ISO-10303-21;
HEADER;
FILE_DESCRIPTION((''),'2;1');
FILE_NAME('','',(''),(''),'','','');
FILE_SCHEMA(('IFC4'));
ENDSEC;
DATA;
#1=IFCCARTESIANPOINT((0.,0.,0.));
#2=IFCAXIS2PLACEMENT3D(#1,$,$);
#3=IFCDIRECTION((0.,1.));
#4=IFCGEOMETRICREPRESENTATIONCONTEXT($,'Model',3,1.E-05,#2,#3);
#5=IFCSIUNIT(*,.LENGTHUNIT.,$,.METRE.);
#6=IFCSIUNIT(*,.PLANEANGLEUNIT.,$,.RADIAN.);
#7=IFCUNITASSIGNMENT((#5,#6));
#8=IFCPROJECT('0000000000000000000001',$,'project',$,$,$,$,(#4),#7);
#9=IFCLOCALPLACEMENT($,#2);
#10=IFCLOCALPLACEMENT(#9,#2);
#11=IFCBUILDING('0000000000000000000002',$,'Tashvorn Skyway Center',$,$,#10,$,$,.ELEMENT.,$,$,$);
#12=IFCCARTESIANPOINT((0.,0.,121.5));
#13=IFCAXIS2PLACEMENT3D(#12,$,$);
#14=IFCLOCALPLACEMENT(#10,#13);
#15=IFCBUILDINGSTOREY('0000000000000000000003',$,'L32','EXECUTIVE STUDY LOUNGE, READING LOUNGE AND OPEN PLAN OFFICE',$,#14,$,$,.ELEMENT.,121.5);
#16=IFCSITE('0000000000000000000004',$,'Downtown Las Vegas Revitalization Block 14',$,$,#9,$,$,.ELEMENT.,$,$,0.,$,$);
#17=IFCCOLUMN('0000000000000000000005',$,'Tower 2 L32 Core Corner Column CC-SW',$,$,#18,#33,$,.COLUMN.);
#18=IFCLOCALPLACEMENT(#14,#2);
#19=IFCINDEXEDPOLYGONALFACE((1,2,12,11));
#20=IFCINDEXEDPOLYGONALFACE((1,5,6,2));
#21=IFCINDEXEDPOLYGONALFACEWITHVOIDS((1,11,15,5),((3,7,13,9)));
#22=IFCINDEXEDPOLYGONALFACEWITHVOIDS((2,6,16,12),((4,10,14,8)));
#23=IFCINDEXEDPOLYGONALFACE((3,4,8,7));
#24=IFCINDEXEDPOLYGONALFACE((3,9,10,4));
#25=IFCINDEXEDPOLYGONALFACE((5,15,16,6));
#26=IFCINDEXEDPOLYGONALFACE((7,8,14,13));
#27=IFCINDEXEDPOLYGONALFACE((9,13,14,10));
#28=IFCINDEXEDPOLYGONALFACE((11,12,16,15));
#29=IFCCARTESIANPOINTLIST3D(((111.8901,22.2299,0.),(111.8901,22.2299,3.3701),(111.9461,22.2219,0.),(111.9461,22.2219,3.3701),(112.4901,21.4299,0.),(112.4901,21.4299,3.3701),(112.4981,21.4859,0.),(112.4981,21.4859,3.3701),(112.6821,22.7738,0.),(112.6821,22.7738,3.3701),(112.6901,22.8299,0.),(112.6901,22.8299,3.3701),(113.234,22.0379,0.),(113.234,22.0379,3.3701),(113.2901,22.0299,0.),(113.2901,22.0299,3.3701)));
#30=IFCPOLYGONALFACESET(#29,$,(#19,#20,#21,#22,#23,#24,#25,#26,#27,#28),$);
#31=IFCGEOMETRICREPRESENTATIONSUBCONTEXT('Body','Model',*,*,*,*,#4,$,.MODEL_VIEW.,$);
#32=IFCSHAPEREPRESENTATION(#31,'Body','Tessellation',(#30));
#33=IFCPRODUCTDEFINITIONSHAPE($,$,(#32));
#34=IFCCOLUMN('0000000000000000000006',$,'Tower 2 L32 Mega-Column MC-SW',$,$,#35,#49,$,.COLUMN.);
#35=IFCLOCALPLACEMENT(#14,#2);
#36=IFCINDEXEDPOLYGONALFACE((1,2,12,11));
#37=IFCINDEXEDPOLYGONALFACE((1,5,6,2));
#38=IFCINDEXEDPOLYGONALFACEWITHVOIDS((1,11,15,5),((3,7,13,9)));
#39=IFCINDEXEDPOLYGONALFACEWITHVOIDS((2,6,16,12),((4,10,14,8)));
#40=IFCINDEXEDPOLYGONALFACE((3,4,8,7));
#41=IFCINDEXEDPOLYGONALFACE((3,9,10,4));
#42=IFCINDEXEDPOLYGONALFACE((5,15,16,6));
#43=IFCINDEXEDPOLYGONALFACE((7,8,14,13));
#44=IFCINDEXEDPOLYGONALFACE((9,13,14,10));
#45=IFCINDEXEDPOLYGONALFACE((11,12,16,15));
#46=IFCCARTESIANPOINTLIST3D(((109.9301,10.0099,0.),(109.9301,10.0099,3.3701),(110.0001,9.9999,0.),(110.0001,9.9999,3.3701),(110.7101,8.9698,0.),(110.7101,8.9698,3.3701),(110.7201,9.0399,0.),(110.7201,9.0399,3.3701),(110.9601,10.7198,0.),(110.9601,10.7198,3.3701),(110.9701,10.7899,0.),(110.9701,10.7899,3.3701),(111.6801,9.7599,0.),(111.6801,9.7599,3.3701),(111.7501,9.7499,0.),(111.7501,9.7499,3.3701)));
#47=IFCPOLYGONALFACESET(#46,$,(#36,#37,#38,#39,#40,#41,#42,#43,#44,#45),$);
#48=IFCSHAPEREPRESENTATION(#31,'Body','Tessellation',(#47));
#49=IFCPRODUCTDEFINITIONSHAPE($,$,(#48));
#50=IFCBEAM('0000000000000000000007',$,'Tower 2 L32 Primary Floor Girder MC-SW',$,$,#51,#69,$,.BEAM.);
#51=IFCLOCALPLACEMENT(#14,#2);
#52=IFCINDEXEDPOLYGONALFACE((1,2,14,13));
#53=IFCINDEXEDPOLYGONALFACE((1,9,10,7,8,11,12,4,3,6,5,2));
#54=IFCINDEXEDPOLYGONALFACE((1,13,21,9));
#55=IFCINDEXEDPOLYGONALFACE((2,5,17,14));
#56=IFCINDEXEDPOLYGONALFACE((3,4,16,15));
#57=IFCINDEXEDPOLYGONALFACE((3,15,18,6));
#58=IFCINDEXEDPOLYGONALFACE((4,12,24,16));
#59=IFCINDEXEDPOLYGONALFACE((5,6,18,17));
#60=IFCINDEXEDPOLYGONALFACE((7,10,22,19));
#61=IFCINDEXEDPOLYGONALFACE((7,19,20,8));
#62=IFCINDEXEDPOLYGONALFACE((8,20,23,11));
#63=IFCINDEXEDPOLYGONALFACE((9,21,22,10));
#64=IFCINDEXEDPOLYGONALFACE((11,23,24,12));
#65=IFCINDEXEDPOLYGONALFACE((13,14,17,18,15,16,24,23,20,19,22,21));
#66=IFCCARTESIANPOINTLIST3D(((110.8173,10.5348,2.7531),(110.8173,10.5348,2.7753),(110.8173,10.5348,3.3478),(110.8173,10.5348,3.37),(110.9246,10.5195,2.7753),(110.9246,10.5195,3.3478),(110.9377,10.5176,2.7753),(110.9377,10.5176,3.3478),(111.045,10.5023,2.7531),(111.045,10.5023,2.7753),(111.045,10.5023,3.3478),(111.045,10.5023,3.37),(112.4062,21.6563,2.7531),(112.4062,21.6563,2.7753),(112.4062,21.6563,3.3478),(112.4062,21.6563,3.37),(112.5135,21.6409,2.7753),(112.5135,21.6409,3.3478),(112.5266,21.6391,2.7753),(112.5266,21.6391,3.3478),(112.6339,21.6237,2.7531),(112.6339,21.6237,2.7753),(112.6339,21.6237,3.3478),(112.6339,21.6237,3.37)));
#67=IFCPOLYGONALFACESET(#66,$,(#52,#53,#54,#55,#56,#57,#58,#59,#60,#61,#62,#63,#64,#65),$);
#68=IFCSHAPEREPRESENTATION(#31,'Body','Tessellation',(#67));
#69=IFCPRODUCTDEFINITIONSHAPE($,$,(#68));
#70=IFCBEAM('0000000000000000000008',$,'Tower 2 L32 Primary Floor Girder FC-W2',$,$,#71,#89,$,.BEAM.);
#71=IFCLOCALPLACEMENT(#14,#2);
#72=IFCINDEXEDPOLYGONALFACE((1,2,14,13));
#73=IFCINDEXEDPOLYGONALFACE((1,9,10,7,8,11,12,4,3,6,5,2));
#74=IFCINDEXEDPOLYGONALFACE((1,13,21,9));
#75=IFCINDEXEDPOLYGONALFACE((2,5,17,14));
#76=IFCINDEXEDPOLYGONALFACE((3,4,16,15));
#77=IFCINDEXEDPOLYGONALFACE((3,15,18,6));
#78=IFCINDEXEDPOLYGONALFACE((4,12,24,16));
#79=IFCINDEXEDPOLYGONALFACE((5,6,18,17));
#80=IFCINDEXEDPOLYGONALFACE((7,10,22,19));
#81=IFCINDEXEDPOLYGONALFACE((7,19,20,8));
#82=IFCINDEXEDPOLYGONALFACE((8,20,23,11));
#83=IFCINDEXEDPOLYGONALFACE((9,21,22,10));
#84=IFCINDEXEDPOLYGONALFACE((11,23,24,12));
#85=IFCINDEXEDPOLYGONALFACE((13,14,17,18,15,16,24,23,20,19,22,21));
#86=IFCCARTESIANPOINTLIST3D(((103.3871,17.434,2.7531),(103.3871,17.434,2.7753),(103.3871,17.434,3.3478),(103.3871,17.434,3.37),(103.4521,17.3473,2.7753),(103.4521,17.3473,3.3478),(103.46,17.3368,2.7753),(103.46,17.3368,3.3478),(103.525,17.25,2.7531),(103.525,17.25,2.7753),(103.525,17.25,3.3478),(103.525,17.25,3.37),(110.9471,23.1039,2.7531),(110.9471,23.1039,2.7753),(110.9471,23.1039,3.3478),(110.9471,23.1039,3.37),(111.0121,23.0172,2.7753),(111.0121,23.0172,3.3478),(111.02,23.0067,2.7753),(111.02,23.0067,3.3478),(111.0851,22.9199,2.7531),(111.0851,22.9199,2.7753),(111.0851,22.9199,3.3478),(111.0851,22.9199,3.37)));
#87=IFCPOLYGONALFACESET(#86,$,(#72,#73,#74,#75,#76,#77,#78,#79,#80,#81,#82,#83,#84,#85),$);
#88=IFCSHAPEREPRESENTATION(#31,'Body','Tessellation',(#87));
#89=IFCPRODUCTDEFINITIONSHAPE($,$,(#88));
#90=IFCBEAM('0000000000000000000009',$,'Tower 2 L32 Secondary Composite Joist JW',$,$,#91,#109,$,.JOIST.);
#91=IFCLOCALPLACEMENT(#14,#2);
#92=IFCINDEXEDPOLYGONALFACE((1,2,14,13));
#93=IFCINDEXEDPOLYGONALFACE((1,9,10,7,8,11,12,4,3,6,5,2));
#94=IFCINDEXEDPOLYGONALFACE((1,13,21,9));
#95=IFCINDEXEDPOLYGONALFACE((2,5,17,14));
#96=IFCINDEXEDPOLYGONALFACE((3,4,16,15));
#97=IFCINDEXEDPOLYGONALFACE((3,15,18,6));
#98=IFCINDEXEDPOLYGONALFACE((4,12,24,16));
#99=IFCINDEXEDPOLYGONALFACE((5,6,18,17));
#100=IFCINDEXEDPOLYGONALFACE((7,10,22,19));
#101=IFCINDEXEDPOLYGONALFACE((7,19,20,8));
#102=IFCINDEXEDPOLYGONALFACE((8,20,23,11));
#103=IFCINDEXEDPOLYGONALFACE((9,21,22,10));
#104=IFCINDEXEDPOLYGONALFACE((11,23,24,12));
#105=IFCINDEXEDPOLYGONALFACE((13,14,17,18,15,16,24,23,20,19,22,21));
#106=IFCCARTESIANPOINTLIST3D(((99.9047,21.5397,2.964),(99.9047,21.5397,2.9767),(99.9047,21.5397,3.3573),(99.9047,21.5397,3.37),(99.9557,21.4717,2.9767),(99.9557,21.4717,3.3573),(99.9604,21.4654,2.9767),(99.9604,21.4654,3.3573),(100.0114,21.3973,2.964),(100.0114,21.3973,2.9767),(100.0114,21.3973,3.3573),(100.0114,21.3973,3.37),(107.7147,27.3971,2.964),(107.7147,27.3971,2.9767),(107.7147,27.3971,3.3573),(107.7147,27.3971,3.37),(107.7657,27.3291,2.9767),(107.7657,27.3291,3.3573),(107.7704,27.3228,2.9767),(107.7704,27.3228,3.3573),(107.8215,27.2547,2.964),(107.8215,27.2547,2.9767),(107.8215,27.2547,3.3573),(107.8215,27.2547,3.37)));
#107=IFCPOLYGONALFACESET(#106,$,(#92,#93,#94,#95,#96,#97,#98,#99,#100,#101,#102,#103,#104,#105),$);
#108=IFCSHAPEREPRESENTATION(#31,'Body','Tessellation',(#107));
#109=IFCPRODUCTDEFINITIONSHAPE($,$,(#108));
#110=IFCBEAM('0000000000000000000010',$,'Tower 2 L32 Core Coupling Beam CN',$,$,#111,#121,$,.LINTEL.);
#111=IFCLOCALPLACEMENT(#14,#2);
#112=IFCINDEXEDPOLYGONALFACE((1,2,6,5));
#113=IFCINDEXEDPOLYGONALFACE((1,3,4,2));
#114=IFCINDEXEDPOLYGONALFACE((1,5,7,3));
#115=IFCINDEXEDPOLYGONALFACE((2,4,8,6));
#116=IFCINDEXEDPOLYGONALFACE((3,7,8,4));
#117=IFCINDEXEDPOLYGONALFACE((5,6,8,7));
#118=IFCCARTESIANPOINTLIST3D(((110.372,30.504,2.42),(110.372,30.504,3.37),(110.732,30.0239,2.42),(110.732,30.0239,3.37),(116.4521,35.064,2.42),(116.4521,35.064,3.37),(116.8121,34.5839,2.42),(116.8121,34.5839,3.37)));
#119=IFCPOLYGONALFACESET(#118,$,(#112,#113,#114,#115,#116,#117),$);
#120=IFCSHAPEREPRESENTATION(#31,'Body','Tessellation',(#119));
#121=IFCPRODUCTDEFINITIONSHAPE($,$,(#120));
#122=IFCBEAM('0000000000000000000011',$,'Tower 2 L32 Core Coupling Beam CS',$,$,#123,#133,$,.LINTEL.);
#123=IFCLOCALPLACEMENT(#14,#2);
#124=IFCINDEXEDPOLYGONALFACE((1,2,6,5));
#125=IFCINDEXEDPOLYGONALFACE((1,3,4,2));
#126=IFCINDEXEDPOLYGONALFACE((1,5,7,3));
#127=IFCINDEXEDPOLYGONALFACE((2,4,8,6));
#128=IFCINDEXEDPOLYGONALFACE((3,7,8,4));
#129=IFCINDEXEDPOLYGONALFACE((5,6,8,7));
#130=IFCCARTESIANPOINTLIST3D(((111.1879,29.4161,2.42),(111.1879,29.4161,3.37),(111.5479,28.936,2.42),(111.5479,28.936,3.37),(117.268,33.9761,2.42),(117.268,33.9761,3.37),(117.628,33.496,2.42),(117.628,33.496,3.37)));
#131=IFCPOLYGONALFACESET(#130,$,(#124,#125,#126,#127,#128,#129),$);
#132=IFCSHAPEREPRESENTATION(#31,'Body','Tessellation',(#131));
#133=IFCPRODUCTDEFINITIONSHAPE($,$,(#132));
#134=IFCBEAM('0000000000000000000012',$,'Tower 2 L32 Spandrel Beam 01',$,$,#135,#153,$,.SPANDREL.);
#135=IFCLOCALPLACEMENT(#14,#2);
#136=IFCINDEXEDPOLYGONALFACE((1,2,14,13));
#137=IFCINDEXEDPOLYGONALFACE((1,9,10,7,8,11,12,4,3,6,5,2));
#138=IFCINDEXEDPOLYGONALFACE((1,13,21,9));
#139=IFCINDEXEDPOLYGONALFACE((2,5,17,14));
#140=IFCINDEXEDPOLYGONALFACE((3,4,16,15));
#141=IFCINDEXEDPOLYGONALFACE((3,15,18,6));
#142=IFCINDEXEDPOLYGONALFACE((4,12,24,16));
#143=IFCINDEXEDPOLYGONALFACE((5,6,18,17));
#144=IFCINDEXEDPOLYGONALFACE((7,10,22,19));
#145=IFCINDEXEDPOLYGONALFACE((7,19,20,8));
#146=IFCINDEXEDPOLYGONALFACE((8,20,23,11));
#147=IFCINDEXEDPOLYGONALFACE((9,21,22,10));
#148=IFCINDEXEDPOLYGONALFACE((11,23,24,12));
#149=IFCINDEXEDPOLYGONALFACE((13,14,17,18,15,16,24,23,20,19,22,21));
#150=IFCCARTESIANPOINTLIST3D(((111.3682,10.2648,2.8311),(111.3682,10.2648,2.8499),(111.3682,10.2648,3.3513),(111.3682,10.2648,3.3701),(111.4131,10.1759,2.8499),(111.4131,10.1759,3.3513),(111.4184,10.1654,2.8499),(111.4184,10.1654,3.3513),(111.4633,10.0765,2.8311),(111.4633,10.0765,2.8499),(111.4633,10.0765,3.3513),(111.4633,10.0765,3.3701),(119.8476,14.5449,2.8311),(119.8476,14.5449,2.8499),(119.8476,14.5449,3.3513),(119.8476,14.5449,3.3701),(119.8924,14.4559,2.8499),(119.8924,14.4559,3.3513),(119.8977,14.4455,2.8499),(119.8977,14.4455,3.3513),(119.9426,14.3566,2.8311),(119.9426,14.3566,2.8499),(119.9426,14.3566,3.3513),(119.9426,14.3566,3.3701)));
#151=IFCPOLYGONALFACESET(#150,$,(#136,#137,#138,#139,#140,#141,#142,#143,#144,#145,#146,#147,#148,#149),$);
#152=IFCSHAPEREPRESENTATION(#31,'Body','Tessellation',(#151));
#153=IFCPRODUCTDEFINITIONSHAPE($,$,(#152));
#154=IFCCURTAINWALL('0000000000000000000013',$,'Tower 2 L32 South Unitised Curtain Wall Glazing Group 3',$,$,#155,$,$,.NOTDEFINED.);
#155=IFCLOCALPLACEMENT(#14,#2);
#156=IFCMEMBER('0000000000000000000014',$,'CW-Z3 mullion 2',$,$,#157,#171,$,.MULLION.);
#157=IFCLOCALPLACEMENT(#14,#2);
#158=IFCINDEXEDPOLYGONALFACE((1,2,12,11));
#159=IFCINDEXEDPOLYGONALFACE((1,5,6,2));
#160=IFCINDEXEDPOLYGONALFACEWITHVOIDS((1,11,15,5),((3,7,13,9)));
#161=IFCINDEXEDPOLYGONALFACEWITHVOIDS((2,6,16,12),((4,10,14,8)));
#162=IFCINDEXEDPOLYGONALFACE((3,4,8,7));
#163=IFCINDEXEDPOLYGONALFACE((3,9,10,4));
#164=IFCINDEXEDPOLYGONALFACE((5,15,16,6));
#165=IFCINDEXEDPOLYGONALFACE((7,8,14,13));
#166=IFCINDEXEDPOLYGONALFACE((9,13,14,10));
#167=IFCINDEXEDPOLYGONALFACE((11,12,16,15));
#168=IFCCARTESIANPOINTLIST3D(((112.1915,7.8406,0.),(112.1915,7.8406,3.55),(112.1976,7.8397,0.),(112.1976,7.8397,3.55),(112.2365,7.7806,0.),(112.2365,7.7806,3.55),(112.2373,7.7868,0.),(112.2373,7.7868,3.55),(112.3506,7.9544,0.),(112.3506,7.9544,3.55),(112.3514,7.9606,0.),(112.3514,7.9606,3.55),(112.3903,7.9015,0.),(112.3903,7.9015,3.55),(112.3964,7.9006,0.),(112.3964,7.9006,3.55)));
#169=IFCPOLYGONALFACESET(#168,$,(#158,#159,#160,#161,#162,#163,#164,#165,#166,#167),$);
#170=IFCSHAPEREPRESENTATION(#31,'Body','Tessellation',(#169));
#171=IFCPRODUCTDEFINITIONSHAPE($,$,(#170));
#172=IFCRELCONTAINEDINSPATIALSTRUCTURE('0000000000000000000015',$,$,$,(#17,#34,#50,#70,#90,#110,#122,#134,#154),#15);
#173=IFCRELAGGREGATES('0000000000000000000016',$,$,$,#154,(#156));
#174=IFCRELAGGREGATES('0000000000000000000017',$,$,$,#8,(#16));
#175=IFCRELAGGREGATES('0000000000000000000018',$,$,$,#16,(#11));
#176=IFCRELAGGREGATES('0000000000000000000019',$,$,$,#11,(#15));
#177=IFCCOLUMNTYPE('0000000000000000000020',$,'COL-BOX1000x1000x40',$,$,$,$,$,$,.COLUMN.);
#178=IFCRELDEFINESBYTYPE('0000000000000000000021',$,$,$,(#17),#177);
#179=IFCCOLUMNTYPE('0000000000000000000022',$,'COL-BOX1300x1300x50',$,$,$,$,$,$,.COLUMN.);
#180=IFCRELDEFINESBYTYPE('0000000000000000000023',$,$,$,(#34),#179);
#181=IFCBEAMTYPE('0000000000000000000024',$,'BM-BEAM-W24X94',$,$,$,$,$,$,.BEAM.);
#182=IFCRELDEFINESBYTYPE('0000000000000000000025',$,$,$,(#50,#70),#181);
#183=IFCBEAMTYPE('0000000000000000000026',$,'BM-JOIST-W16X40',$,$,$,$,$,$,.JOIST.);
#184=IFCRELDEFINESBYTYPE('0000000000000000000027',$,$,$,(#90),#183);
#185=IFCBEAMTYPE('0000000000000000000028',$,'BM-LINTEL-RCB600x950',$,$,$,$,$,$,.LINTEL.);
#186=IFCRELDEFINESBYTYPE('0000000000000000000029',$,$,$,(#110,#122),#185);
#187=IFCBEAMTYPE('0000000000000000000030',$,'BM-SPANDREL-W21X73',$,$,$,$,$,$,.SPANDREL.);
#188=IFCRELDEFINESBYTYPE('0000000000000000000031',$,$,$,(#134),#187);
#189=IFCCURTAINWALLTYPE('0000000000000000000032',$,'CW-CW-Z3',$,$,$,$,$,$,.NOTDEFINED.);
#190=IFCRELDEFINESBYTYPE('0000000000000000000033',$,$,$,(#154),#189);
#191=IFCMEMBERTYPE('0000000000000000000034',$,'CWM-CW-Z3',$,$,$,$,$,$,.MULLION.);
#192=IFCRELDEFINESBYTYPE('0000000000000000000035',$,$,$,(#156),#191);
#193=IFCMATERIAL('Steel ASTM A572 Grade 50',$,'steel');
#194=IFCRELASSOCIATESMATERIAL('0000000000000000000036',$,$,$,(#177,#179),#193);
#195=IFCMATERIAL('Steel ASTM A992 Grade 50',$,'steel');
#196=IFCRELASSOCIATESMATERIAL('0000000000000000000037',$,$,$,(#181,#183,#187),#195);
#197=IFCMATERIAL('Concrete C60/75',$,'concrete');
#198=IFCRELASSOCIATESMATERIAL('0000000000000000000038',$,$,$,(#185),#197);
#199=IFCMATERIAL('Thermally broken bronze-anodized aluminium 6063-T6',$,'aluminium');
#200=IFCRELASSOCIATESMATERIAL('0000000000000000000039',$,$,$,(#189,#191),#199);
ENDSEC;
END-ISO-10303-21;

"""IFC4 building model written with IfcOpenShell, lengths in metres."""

from ifc_helpers import new_model, si_unit, direction, frame, origin, origin_2d, place, context, subcontext, project, spatial, rectangle, hollow_rectangle, i_section, extrude, material, material_profile, profile_set, type_object, element, aggregate, save


model = new_model("IFC4")

# Units and contexts
model_context = context("Model", 3, precision=1e-05, world=origin(), true_north=direction((0.0, 1.0)))
body_context = subcontext(model_context, "Body", "Model", "MODEL_VIEW")
ifc_project = project(units=[si_unit("LENGTHUNIT", "METRE"), si_unit("PLANEANGLEUNIT", "RADIAN")], contexts=[model_context])

# Site, building, storey
site_placement = place(None, origin())
site = spatial("IfcSite", under=ifc_project, at=site_placement, Name="Downtown Las Vegas Revitalization Block 14", CompositionType="ELEMENT", RefElevation=0.0)
building_placement = place(site_placement, origin())
building = spatial("IfcBuilding", under=site, at=building_placement, Name="Tashvorn Skyway Center", CompositionType="ELEMENT")
storey_placement = place(building_placement, frame((0.0, 0.0, 121.5)))
storey = spatial("IfcBuildingStorey", under=building, at=storey_placement, Name="L32", Description="EXECUTIVE STUDY LOUNGE, READING LOUNGE AND OPEN PLAN OFFICE", CompositionType="ELEMENT", Elevation=121.5)

# Columns
ifc_material_1 = material(Name="Steel ASTM A572 Grade 50", Category="steel")
ifc_material_profile_1 = material_profile(ifc_material_1, hollow_rectangle(XDim=1.0, YDim=1.0, WallThickness=0.04, at=origin_2d()), Name="BOX1000x1000x40")
ifc_profile_set_1 = profile_set([ifc_material_profile_1], Name="Steel ASTM A572 Grade 50")
column_type_1 = type_object("IfcColumnType", Name="COL-BOX1000x1000x40", PredefinedType="COLUMN", material=ifc_profile_set_1)
column_1_placement = place(storey_placement, frame((112.5901, 22.1299, 0.0), z_axis=(0.0, 0.0, 1.0), x_axis=(0.8, 0.6, 0.0)))
element("IfcColumn", 1, at=column_1_placement, inside=storey, type_object=column_type_1, Name="Tower 2 L32 Core Corner Column CC-SW", PredefinedType="COLUMN", context=body_context, shape_type="SweptSolid", body=[
    extrude(hollow_rectangle(XDim=1.0, YDim=1.0, WallThickness=0.04, at=origin_2d()), origin(), (0.0, 0.0, 1.0), 3.3701),
])
ifc_material_profile_2 = material_profile(ifc_material_1, hollow_rectangle(XDim=1.3, YDim=1.3, WallThickness=0.05, at=origin_2d()), Name="BOX1300x1300x50")
ifc_profile_set_2 = profile_set([ifc_material_profile_2], Name="Steel ASTM A572 Grade 50")
column_type_2 = type_object("IfcColumnType", Name="COL-BOX1300x1300x50", PredefinedType="COLUMN", material=ifc_profile_set_2)
column_2_placement = place(storey_placement, frame((110.8401, 9.8799, 0.0), z_axis=(0.0, 0.0, 1.0), x_axis=(0.8, 0.6, 0.0)))
element("IfcColumn", 2, at=column_2_placement, inside=storey, type_object=column_type_2, Name="Tower 2 L32 Mega-Column MC-SW", PredefinedType="COLUMN", context=body_context, shape_type="SweptSolid", body=[
    extrude(hollow_rectangle(XDim=1.3, YDim=1.3, WallThickness=0.05, at=origin_2d()), origin(), (0.0, 0.0, 1.0), 3.3701),
])

# Beams
ifc_material_2 = material(Name="Steel ASTM A992 Grade 50", Category="steel")
ifc_material_profile_3 = material_profile(ifc_material_2, i_section(OverallWidth=0.23, OverallDepth=0.6169, WebThickness=0.0132, FlangeThickness=0.0222, at=origin_2d()), Name="W24X94")
ifc_profile_set_3 = profile_set([ifc_material_profile_3], Name="Steel ASTM A992 Grade 50")
beam_type_1 = type_object("IfcBeamType", Name="BM-BEAM-W24X94", PredefinedType="BEAM", material=ifc_profile_set_3)
beam_1_placement = place(storey_placement, frame((110.9312, 10.5186, 3.0615), z_axis=(0.14143, 0.989948, 0.0), x_axis=(-0.989948, 0.14143, 0.0)))
element("IfcBeam", 3, at=beam_1_placement, inside=storey, type_object=beam_type_1, Name="Tower 2 L32 Primary Floor Girder MC-SW", PredefinedType="BEAM", context=body_context, shape_type="SweptSolid", body=[
    extrude(i_section(OverallWidth=0.23, OverallDepth=0.6169, WebThickness=0.0132, FlangeThickness=0.0222, at=origin_2d()), origin(), (0.0, 0.0, 1.0), 11.2344),
])
beam_2_placement = place(storey_placement, frame((103.4561, 17.342, 3.0615), z_axis=(0.800006, 0.599992, 0.0), x_axis=(-0.599992, 0.800006, 0.0)))
element("IfcBeam", 4, at=beam_2_placement, inside=storey, type_object=beam_type_1, Name="Tower 2 L32 Primary Floor Girder FC-W2", PredefinedType="BEAM", context=body_context, shape_type="SweptSolid", body=[
    extrude(i_section(OverallWidth=0.23, OverallDepth=0.6169, WebThickness=0.0132, FlangeThickness=0.0222, at=origin_2d()), origin(), (0.0, 0.0, 1.0), 9.45),
])
ifc_material_profile_4 = material_profile(ifc_material_2, i_section(OverallWidth=0.178, OverallDepth=0.406, WebThickness=0.0078, FlangeThickness=0.0127, at=origin_2d()), Name="W16X40")
ifc_profile_set_4 = profile_set([ifc_material_profile_4], Name="Steel ASTM A992 Grade 50")
beam_type_2 = type_object("IfcBeamType", Name="BM-JOIST-W16X40", PredefinedType="JOIST", material=ifc_profile_set_4)
beam_3_placement = place(storey_placement, frame((107.7681, 27.3259, 3.167), z_axis=(-0.800006, -0.599992, 0.0), x_axis=(0.599992, -0.800006, 0.0)))
element("IfcBeam", 5, at=beam_3_placement, inside=storey, type_object=beam_type_2, Name="Tower 2 L32 Secondary Composite Joist JW", PredefinedType="JOIST", context=body_context, shape_type="SweptSolid", body=[
    extrude(i_section(OverallWidth=0.178, OverallDepth=0.406, WebThickness=0.0078, FlangeThickness=0.0127, at=origin_2d()), origin(), (0.0, 0.0, 1.0), 9.7625),
])
ifc_material_3 = material(Name="Concrete C60/75", Category="concrete")
ifc_material_profile_5 = material_profile(ifc_material_3, rectangle(XDim=0.6001, YDim=0.95, at=origin_2d()), Name="RCB600x950")
ifc_profile_set_5 = profile_set([ifc_material_profile_5], Name="Concrete C60/75")
beam_type_3 = type_object("IfcBeamType", Name="BM-LINTEL-RCB600x950", PredefinedType="LINTEL", material=ifc_profile_set_5)
for number, where, z_axis, x_axis, name in (
    (6, (110.552, 30.2639, 2.895), (0.8, 0.6, 0.0), (-0.6, 0.8, 0.0), "Tower 2 L32 Core Coupling Beam CN"),
    (7, (111.3679, 29.176, 2.895), (0.8, 0.6, 0.0), (-0.6, 0.8, 0.0), "Tower 2 L32 Core Coupling Beam CS"),
):
    element("IfcBeam", number, at=place(storey_placement, frame(where, z_axis=z_axis, x_axis=x_axis)), inside=storey, type_object=beam_type_3, Name=name, PredefinedType="LINTEL", context=body_context, shape_type="SweptSolid", body=[
        extrude(rectangle(XDim=0.6001, YDim=0.95, at=origin_2d()), origin(), (0.0, 0.0, 1.0), 7.6001),
    ])
ifc_material_profile_6 = material_profile(ifc_material_2, i_section(OverallWidth=0.2109, OverallDepth=0.5391, WebThickness=0.0117, FlangeThickness=0.0188, at=origin_2d()), Name="W21X73")
ifc_profile_set_6 = profile_set([ifc_material_profile_6], Name="Steel ASTM A992 Grade 50")
beam_type_4 = type_object("IfcBeamType", Name="BM-SPANDREL-W21X73", PredefinedType="SPANDREL", material=ifc_profile_set_6)
beam_4_placement = place(storey_placement, frame((111.4158, 10.1707, 3.1006), z_axis=(0.892719, 0.450614, 0.0), x_axis=(-0.450614, 0.892719, 0.0)))
element("IfcBeam", 8, at=beam_4_placement, inside=storey, type_object=beam_type_4, Name="Tower 2 L32 Spandrel Beam 01", PredefinedType="SPANDREL", context=body_context, shape_type="SweptSolid", body=[
    extrude(i_section(OverallWidth=0.2109, OverallDepth=0.5391, WebThickness=0.0117, FlangeThickness=0.0188, at=origin_2d()), origin(), (0.0, 0.0, 1.0), 9.4983),
])

# Curtain wall, member
ifc_material_4 = material(Name="Thermally broken bronze-anodized aluminium 6063-T6", Category="aluminium")
curtain_wall_type = type_object("IfcCurtainWallType", Name="CW-CW-Z3", PredefinedType="NOTDEFINED", material=ifc_material_4)
curtain_wall_1_placement = place(storey_placement, origin())
curtain_wall_1 = element("IfcCurtainWall", 9, at=curtain_wall_1_placement, inside=storey, type_object=curtain_wall_type, Name="Tower 2 L32 South Unitised Curtain Wall Glazing Group 3", PredefinedType="NOTDEFINED")
ifc_material_profile_7 = material_profile(ifc_material_4, hollow_rectangle(XDim=0.075, YDim=0.2, WallThickness=0.0044, at=origin_2d()), Name="ALU-MULL-75x200")
ifc_profile_set_7 = profile_set([ifc_material_profile_7], Name="Thermally broken bronze-anodized aluminium 6063-T6")
member_type_1 = type_object("IfcMemberType", Name="CWM-CW-Z3", PredefinedType="MULLION", material=ifc_profile_set_7)
member_1_placement = place(storey_placement, frame((112.2939, 7.8706, 0.0), z_axis=(0.0, 0.0, 1.0), x_axis=(0.600002, -0.799999, 0.0)))
member_1 = element("IfcMember", 10, at=member_1_placement, type_object=member_type_1, Name="CW-Z3 mullion 2", PredefinedType="MULLION", context=body_context, shape_type="SweptSolid", body=[
    extrude(hollow_rectangle(XDim=0.075, YDim=0.2, WallThickness=0.0044, at=origin_2d()), origin(), (0.0, 0.0, 1.0), 3.55),
])
aggregate(curtain_wall_1, [member_1])

save(model, "model.ifc")
